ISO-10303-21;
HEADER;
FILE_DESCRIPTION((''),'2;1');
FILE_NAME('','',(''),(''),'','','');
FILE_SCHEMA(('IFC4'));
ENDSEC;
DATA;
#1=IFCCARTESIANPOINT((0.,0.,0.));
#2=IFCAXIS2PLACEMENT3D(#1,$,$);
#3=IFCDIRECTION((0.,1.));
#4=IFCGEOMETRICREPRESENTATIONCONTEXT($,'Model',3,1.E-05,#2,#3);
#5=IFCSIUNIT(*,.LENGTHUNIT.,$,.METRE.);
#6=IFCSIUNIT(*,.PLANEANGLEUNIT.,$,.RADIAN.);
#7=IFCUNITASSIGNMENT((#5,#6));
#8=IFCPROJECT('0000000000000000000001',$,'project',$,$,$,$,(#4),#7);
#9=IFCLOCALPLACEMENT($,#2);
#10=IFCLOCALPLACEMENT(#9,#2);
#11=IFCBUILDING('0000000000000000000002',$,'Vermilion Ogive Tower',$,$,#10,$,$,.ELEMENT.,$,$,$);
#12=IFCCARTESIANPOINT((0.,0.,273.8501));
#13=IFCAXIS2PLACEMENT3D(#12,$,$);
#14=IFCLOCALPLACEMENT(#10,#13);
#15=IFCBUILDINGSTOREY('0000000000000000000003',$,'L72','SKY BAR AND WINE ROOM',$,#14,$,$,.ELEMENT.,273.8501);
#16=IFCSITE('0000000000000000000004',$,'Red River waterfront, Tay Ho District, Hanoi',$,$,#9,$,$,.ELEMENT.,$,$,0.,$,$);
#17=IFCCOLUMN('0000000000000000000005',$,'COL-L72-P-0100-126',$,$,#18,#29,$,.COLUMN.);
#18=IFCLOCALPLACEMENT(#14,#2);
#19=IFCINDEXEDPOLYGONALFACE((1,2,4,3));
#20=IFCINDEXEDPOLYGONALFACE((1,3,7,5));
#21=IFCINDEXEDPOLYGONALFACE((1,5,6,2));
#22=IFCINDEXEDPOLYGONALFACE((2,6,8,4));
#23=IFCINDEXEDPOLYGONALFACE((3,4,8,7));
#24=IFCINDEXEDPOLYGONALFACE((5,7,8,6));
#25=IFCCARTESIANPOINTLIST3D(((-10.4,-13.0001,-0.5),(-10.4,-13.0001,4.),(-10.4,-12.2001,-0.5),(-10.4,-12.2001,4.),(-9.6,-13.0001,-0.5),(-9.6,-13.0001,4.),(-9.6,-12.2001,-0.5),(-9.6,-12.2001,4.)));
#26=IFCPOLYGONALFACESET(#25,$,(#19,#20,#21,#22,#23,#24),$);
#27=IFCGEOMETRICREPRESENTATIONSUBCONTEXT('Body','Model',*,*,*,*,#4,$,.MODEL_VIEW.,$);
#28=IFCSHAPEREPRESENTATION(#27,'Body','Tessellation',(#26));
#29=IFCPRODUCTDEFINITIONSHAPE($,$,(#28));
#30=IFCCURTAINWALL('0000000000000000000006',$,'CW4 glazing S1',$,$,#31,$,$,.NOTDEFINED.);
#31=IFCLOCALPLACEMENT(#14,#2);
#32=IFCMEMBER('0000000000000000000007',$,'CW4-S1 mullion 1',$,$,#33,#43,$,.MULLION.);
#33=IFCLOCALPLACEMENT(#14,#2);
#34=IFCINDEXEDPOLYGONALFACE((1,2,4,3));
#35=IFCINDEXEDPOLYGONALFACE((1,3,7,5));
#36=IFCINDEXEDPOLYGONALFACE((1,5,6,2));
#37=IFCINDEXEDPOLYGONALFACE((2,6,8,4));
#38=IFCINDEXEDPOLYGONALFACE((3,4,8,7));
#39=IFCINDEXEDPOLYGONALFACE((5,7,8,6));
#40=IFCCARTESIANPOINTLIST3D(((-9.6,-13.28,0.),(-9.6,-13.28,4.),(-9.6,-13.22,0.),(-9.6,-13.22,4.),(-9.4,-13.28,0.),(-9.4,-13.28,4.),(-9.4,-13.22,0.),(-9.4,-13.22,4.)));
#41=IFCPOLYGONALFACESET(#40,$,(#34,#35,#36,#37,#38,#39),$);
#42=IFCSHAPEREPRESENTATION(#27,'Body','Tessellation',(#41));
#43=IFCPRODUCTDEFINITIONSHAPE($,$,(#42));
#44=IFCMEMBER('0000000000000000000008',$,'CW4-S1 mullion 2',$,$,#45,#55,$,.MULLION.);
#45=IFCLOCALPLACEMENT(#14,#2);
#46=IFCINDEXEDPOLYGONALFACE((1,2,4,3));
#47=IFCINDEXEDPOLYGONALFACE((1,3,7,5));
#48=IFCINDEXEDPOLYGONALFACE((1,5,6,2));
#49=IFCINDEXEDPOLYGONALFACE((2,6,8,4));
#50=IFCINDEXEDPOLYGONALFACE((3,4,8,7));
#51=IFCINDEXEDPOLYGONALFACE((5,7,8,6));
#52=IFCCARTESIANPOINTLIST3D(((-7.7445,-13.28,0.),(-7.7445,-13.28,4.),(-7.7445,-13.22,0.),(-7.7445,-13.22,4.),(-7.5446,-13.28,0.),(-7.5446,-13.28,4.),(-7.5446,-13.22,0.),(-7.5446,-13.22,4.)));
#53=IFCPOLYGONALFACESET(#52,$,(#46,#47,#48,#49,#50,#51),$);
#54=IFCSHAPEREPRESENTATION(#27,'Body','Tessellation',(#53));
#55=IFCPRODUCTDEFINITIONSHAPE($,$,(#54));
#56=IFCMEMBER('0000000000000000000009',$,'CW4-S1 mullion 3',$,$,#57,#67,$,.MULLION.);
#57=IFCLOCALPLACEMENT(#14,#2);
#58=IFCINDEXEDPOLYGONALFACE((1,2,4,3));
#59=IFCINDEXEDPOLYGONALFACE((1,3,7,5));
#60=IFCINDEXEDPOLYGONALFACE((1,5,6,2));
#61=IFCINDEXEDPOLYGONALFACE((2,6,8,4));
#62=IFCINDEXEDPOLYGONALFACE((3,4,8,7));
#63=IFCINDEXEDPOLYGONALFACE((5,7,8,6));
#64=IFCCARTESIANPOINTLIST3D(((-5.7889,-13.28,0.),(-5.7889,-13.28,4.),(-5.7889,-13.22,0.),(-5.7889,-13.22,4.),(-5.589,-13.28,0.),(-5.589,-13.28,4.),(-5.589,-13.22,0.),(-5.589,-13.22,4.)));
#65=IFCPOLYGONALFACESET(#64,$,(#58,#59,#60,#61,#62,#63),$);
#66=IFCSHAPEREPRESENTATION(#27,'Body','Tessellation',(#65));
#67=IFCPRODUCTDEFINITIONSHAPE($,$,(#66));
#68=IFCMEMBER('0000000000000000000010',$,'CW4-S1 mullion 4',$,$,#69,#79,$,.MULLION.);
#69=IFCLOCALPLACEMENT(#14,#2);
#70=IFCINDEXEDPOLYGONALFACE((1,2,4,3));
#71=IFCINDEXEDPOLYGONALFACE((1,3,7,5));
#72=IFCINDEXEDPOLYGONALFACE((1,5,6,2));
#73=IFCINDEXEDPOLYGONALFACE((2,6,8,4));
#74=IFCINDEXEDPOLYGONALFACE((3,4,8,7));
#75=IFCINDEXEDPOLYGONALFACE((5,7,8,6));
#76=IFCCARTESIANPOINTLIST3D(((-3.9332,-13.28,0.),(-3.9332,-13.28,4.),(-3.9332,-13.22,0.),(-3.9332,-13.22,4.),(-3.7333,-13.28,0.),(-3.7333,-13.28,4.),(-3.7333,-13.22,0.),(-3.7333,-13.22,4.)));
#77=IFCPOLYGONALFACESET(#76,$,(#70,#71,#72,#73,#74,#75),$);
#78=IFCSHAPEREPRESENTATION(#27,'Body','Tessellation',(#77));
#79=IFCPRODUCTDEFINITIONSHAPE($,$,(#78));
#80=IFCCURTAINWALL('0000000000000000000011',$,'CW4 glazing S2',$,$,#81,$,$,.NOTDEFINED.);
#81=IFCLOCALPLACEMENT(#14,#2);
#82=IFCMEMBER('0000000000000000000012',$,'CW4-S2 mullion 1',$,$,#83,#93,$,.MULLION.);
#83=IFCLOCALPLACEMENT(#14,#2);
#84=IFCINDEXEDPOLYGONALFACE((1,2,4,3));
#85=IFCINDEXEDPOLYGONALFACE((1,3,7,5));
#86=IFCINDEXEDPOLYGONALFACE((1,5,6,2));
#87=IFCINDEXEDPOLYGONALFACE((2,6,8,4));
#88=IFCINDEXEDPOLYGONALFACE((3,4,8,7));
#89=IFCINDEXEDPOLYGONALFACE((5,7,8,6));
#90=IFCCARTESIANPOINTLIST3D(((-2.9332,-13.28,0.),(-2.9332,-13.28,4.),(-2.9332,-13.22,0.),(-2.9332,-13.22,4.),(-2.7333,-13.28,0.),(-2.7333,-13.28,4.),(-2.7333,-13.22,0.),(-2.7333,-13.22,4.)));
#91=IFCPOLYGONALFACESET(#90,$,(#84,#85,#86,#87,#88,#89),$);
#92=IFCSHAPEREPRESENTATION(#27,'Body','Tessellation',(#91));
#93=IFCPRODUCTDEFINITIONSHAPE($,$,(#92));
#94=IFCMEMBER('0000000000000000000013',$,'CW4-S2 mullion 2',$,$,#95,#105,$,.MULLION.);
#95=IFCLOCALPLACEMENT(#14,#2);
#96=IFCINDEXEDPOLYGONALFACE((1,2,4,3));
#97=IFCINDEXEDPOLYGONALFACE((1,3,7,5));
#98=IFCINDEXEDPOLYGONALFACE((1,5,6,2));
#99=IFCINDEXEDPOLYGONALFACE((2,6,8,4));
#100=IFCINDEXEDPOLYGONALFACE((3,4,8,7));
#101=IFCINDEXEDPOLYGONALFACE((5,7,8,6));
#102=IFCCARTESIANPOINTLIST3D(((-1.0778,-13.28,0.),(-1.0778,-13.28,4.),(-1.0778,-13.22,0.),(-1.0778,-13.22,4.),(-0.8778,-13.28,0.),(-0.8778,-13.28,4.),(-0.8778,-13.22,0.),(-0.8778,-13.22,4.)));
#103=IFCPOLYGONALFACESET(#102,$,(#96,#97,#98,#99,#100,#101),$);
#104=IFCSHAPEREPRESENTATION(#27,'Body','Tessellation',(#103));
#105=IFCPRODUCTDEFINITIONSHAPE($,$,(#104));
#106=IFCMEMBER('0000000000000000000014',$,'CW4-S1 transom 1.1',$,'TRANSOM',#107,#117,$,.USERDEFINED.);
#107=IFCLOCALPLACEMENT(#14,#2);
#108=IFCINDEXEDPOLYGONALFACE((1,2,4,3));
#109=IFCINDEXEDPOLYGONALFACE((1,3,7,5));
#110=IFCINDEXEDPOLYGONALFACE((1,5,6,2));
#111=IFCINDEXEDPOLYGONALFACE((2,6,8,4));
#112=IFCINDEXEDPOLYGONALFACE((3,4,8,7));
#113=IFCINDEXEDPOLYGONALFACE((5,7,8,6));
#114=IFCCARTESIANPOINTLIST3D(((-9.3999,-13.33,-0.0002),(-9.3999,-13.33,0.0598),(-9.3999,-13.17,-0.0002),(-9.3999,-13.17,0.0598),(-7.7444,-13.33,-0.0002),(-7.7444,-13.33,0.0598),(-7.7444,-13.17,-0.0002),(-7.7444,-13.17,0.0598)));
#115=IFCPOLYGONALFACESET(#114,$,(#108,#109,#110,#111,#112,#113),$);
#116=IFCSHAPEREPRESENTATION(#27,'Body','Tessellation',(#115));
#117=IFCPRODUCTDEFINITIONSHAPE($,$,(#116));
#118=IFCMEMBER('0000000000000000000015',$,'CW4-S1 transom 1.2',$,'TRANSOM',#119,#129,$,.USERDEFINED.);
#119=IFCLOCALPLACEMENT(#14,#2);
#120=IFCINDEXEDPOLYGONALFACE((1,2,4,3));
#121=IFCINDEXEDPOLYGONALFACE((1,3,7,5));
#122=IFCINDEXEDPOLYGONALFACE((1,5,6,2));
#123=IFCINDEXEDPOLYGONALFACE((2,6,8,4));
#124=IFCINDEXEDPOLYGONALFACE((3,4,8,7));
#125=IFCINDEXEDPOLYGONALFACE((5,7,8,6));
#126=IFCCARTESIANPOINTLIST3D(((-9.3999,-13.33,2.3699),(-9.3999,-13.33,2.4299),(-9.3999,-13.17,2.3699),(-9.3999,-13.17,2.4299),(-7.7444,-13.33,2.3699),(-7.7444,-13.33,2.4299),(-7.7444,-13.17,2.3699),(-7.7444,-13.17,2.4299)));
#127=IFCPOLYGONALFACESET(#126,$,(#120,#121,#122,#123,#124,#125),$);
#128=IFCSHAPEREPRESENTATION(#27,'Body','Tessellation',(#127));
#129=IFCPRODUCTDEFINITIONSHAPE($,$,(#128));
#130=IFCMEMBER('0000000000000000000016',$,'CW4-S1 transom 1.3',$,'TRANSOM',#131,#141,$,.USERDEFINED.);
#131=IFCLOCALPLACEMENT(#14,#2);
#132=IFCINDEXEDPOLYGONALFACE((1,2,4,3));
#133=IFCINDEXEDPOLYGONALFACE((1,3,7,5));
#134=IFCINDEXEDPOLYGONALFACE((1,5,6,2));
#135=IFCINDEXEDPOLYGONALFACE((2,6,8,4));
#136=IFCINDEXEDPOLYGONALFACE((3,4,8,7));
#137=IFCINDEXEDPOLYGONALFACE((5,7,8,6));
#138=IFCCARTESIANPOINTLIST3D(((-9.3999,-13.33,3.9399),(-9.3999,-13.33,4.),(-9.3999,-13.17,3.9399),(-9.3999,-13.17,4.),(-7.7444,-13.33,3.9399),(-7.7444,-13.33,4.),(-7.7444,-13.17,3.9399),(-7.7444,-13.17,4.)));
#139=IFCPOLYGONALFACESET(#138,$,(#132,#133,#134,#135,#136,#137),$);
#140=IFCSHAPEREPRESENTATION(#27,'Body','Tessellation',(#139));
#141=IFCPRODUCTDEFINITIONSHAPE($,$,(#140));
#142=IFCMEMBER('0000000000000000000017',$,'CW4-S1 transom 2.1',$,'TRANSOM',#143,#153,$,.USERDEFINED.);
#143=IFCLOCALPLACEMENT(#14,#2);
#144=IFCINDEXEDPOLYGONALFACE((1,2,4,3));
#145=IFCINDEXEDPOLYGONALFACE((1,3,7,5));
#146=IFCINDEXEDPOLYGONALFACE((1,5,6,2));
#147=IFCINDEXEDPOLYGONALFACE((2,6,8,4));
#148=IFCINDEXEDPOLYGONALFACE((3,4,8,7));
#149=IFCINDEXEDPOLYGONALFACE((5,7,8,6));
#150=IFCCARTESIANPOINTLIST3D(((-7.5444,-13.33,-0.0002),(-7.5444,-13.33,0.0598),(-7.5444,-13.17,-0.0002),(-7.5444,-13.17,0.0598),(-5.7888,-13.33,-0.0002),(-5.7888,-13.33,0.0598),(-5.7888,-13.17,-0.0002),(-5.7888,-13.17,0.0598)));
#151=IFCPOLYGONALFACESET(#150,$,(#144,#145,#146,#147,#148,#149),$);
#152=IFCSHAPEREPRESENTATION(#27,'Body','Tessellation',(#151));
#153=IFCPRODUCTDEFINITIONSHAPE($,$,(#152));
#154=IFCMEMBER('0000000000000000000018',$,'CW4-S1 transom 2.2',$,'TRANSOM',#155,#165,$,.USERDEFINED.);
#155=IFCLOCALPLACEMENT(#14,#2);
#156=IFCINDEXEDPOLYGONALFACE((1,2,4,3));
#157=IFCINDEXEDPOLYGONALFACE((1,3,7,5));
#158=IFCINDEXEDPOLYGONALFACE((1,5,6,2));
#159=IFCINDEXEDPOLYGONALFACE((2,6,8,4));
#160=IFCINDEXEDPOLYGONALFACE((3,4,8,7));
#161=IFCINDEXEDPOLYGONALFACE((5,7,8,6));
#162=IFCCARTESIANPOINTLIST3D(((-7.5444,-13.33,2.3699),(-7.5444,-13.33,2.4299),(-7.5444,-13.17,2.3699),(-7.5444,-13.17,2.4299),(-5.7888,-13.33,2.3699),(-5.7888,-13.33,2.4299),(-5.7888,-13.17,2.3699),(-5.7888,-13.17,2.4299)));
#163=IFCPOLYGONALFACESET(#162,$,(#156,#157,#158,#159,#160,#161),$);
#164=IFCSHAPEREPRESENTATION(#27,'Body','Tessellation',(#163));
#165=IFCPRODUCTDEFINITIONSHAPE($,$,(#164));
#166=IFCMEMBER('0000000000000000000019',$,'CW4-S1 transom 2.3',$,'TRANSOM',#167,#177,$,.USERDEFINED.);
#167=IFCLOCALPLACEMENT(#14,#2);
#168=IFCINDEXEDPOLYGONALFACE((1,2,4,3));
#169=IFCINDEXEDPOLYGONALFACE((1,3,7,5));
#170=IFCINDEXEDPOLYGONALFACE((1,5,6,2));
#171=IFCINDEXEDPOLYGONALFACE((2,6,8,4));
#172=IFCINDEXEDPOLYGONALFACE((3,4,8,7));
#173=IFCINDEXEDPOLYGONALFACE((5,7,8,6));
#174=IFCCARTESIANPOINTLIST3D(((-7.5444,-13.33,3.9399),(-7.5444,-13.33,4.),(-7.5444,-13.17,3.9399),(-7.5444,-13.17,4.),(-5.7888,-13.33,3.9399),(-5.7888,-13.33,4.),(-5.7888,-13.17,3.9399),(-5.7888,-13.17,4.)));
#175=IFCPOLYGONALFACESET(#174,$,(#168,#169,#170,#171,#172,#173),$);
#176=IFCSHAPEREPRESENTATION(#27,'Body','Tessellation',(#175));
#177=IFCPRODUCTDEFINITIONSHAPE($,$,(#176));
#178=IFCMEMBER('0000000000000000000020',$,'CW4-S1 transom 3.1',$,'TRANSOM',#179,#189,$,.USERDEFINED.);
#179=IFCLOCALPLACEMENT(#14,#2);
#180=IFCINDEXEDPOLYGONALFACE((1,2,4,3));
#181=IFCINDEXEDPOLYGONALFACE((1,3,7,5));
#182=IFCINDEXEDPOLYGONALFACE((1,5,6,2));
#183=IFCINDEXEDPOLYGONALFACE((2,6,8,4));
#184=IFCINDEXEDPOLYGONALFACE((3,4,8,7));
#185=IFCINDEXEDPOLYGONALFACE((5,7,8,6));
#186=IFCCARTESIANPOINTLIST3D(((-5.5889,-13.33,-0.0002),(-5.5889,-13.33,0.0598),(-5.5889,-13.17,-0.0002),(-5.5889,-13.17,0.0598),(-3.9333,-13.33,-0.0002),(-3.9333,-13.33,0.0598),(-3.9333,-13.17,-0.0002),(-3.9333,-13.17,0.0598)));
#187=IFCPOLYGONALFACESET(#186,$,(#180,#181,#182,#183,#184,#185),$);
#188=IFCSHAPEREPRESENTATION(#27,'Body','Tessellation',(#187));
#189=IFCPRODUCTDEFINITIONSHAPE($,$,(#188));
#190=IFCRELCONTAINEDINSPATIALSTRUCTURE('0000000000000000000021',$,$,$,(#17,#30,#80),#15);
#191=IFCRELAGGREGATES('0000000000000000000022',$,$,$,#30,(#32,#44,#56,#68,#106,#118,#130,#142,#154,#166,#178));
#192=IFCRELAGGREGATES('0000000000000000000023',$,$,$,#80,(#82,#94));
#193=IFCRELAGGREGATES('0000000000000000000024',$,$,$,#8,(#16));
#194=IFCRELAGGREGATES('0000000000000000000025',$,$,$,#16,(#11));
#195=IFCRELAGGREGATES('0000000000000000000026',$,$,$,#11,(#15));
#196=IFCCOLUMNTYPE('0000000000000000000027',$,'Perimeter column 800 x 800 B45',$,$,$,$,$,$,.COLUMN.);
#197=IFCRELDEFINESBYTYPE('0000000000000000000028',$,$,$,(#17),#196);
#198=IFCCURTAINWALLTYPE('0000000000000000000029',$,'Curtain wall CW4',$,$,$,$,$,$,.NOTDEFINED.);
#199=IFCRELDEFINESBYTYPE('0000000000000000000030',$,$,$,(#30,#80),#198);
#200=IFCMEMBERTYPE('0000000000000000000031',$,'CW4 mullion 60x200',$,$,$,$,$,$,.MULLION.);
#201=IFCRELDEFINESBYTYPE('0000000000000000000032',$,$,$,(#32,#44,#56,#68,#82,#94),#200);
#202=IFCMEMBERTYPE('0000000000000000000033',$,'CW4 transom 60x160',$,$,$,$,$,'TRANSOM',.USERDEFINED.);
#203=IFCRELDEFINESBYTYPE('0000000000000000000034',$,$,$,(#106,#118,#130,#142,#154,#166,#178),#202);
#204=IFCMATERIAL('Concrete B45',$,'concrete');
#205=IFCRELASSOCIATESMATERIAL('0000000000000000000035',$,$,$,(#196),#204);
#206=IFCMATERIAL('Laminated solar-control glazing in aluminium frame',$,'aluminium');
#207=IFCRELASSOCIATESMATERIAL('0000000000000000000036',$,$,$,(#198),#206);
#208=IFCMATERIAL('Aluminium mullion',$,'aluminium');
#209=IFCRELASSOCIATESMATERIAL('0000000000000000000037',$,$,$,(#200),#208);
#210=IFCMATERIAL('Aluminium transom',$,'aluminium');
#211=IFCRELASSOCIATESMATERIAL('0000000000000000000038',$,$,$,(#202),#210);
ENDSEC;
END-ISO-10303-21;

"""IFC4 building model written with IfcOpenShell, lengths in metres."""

from ifc_helpers import new_model, si_unit, direction, frame, origin, origin_2d, place, context, subcontext, project, spatial, rectangle, extrude, material, material_profile, profile_set, type_object, element, aggregate, save


model = new_model("IFC4")

# Units and contexts
model_context = context("Model", 3, precision=1e-05, world=origin(), true_north=direction((0.0, 1.0)))
body_context = subcontext(model_context, "Body", "Model", "MODEL_VIEW")
ifc_project = project(units=[si_unit("LENGTHUNIT", "METRE"), si_unit("PLANEANGLEUNIT", "RADIAN")], contexts=[model_context])

# Site, building, storey
site_placement = place(None, origin())
site = spatial("IfcSite", under=ifc_project, at=site_placement, Name="Red River waterfront, Tay Ho District, Hanoi", CompositionType="ELEMENT", RefElevation=0.0)
building_placement = place(site_placement, origin())
building = spatial("IfcBuilding", under=site, at=building_placement, Name="Vermilion Ogive Tower", CompositionType="ELEMENT")
storey_placement = place(building_placement, frame((0.0, 0.0, 273.8501)))
storey = spatial("IfcBuildingStorey", under=building, at=storey_placement, Name="L72", Description="SKY BAR AND WINE ROOM", CompositionType="ELEMENT", Elevation=273.8501)

# Column
ifc_material_1 = material(Name="Concrete B45", Category="concrete")
ifc_material_profile_1 = material_profile(ifc_material_1, rectangle(XDim=0.8, YDim=0.8, at=origin_2d()), Name="800 x 800")
ifc_profile_set_1 = profile_set([ifc_material_profile_1], Name="Concrete B45")
column_type = type_object("IfcColumnType", Name="Perimeter column 800 x 800 B45", PredefinedType="COLUMN", material=ifc_profile_set_1)
column_placement = place(storey_placement, frame((-10.0, -12.6001, -0.5), z_axis=(0.0, 0.0, 1.0), x_axis=(1.0, 0.0, 0.0)))
element("IfcColumn", 1, at=column_placement, inside=storey, type_object=column_type, Name="COL-L72-P-0100-126", PredefinedType="COLUMN", context=body_context, shape_type="SweptSolid", body=[
    extrude(rectangle(XDim=0.8, YDim=0.8, at=origin_2d()), origin(), (0.0, 0.0, 1.0), 4.5),
])

# Curtain walls, members
ifc_material_2 = material(Name="Laminated solar-control glazing in aluminium frame", Category="aluminium")
curtain_wall_type = type_object("IfcCurtainWallType", Name="Curtain wall CW4", PredefinedType="NOTDEFINED", material=ifc_material_2)
curtain_wall_1_placement = place(storey_placement, origin())
curtain_wall_1 = element("IfcCurtainWall", 2, at=curtain_wall_1_placement, inside=storey, type_object=curtain_wall_type, Name="CW4 glazing S1", PredefinedType="NOTDEFINED")
ifc_material_3 = material(Name="Aluminium mullion", Category="aluminium")
ifc_material_profile_2 = material_profile(ifc_material_3, rectangle(XDim=0.0601, YDim=0.2, at=origin_2d()), Name="AL 60x200")
ifc_profile_set_2 = profile_set([ifc_material_profile_2], Name="Aluminium mullion")
member_type_1 = type_object("IfcMemberType", Name="CW4 mullion 60x200", PredefinedType="MULLION", material=ifc_profile_set_2)
member_1_placement = place(storey_placement, frame((-9.5, -13.25, 0.0), z_axis=(0.0, 0.0, 1.0), x_axis=(0.0, 1.0, 0.0)))
member_1 = element("IfcMember", 3, at=member_1_placement, type_object=member_type_1, Name="CW4-S1 mullion 1", PredefinedType="MULLION", context=body_context, shape_type="SweptSolid", body=[
    extrude(rectangle(XDim=0.0601, YDim=0.2, at=origin_2d()), origin(), (0.0, 0.0, 1.0), 4.0),
])
member_2_placement = place(storey_placement, frame((-7.6445, -13.25, 0.0), z_axis=(0.0, 0.0, 1.0), x_axis=(0.0, 1.0, 0.0)))
member_2 = element("IfcMember", 4, at=member_2_placement, type_object=member_type_1, Name="CW4-S1 mullion 2", PredefinedType="MULLION", context=body_context, shape_type="SweptSolid", body=[
    extrude(rectangle(XDim=0.0601, YDim=0.2, at=origin_2d()), origin(), (0.0, 0.0, 1.0), 4.0),
])
member_3_placement = place(storey_placement, frame((-5.689, -13.25, 0.0), z_axis=(0.0, 0.0, 1.0), x_axis=(0.0, 1.0, 0.0)))
member_3 = element("IfcMember", 5, at=member_3_placement, type_object=member_type_1, Name="CW4-S1 mullion 3", PredefinedType="MULLION", context=body_context, shape_type="SweptSolid", body=[
    extrude(rectangle(XDim=0.0601, YDim=0.2, at=origin_2d()), origin(), (0.0, 0.0, 1.0), 4.0),
])
member_4_placement = place(storey_placement, frame((-3.8333, -13.25, 0.0), z_axis=(0.0, 0.0, 1.0), x_axis=(0.0, 1.0, 0.0)))
member_4 = element("IfcMember", 6, at=member_4_placement, type_object=member_type_1, Name="CW4-S1 mullion 4", PredefinedType="MULLION", context=body_context, shape_type="SweptSolid", body=[
    extrude(rectangle(XDim=0.0601, YDim=0.2, at=origin_2d()), origin(), (0.0, 0.0, 1.0), 4.0),
])
curtain_wall_2_placement = place(storey_placement, origin())
curtain_wall_2 = element("IfcCurtainWall", 7, at=curtain_wall_2_placement, inside=storey, type_object=curtain_wall_type, Name="CW4 glazing S2", PredefinedType="NOTDEFINED")
member_5_placement = place(storey_placement, frame((-2.8333, -13.25, 0.0), z_axis=(0.0, 0.0, 1.0), x_axis=(0.0, 1.0, 0.0)))
member_5 = element("IfcMember", 8, at=member_5_placement, type_object=member_type_1, Name="CW4-S2 mullion 1", PredefinedType="MULLION", context=body_context, shape_type="SweptSolid", body=[
    extrude(rectangle(XDim=0.0601, YDim=0.2, at=origin_2d()), origin(), (0.0, 0.0, 1.0), 4.0),
])
member_6_placement = place(storey_placement, frame((-0.9778, -13.25, 0.0), z_axis=(0.0, 0.0, 1.0), x_axis=(0.0, 1.0, 0.0)))
member_6 = element("IfcMember", 9, at=member_6_placement, type_object=member_type_1, Name="CW4-S2 mullion 2", PredefinedType="MULLION", context=body_context, shape_type="SweptSolid", body=[
    extrude(rectangle(XDim=0.0601, YDim=0.2, at=origin_2d()), origin(), (0.0, 0.0, 1.0), 4.0),
])

# Members
ifc_material_4 = material(Name="Aluminium transom", Category="aluminium")
ifc_material_profile_3 = material_profile(ifc_material_4, rectangle(XDim=0.1599, YDim=0.0601, at=origin_2d()), Name="AL 60x160")
ifc_profile_set_3 = profile_set([ifc_material_profile_3], Name="Aluminium transom")
member_type_2 = type_object("IfcMemberType", Name="CW4 transom 60x160", ElementType="TRANSOM", PredefinedType="USERDEFINED", material=ifc_profile_set_3)
member_7_placement = place(storey_placement, frame((-9.3999, -13.25, 0.0298), z_axis=(1.0, 0.0, 0.0), x_axis=(0.0, 1.0, 0.0)))
member_7 = element("IfcMember", 10, at=member_7_placement, type_object=member_type_2, Name="CW4-S1 transom 1.1", ObjectType="TRANSOM", PredefinedType="USERDEFINED", context=body_context, shape_type="SweptSolid", body=[
    extrude(rectangle(XDim=0.1599, YDim=0.0601, at=origin_2d()), origin(), (0.0, 0.0, 1.0), 1.6555),
])
member_8_placement = place(storey_placement, frame((-9.3999, -13.25, 2.3999), z_axis=(1.0, 0.0, 0.0), x_axis=(0.0, 1.0, 0.0)))
member_8 = element("IfcMember", 11, at=member_8_placement, type_object=member_type_2, Name="CW4-S1 transom 1.2", ObjectType="TRANSOM", PredefinedType="USERDEFINED", context=body_context, shape_type="SweptSolid", body=[
    extrude(rectangle(XDim=0.1599, YDim=0.0601, at=origin_2d()), origin(), (0.0, 0.0, 1.0), 1.6555),
])
member_9_placement = place(storey_placement, frame((-9.3999, -13.25, 3.97), z_axis=(1.0, 0.0, 0.0), x_axis=(0.0, 1.0, 0.0)))
member_9 = element("IfcMember", 12, at=member_9_placement, type_object=member_type_2, Name="CW4-S1 transom 1.3", ObjectType="TRANSOM", PredefinedType="USERDEFINED", context=body_context, shape_type="SweptSolid", body=[
    extrude(rectangle(XDim=0.1599, YDim=0.0601, at=origin_2d()), origin(), (0.0, 0.0, 1.0), 1.6555),
])
member_10_placement = place(storey_placement, frame((-7.5444, -13.25, 0.0298), z_axis=(1.0, 0.0, 0.0), x_axis=(0.0, 1.0, 0.0)))
member_10 = element("IfcMember", 13, at=member_10_placement, type_object=member_type_2, Name="CW4-S1 transom 2.1", ObjectType="TRANSOM", PredefinedType="USERDEFINED", context=body_context, shape_type="SweptSolid", body=[
    extrude(rectangle(XDim=0.1599, YDim=0.0601, at=origin_2d()), origin(), (0.0, 0.0, 1.0), 1.7556),
])
member_11_placement = place(storey_placement, frame((-7.5444, -13.25, 2.3999), z_axis=(1.0, 0.0, 0.0), x_axis=(0.0, 1.0, 0.0)))
member_11 = element("IfcMember", 14, at=member_11_placement, type_object=member_type_2, Name="CW4-S1 transom 2.2", ObjectType="TRANSOM", PredefinedType="USERDEFINED", context=body_context, shape_type="SweptSolid", body=[
    extrude(rectangle(XDim=0.1599, YDim=0.0601, at=origin_2d()), origin(), (0.0, 0.0, 1.0), 1.7556),
])
member_12_placement = place(storey_placement, frame((-7.5444, -13.25, 3.97), z_axis=(1.0, 0.0, 0.0), x_axis=(0.0, 1.0, 0.0)))
member_12 = element("IfcMember", 15, at=member_12_placement, type_object=member_type_2, Name="CW4-S1 transom 2.3", ObjectType="TRANSOM", PredefinedType="USERDEFINED", context=body_context, shape_type="SweptSolid", body=[
    extrude(rectangle(XDim=0.1599, YDim=0.0601, at=origin_2d()), origin(), (0.0, 0.0, 1.0), 1.7556),
])
member_13_placement = place(storey_placement, frame((-5.5889, -13.25, 0.0298), z_axis=(1.0, 0.0, 0.0), x_axis=(0.0, 1.0, 0.0)))
member_13 = element("IfcMember", 16, at=member_13_placement, type_object=member_type_2, Name="CW4-S1 transom 3.1", ObjectType="TRANSOM", PredefinedType="USERDEFINED", context=body_context, shape_type="SweptSolid", body=[
    extrude(rectangle(XDim=0.1599, YDim=0.0601, at=origin_2d()), origin(), (0.0, 0.0, 1.0), 1.6555),
])

aggregate(curtain_wall_1, [member_1, member_2, member_3, member_4, member_7, member_8, member_9, member_10, member_11, member_12, member_13])
aggregate(curtain_wall_2, [member_5, member_6])

save(model, "model.ifc")
